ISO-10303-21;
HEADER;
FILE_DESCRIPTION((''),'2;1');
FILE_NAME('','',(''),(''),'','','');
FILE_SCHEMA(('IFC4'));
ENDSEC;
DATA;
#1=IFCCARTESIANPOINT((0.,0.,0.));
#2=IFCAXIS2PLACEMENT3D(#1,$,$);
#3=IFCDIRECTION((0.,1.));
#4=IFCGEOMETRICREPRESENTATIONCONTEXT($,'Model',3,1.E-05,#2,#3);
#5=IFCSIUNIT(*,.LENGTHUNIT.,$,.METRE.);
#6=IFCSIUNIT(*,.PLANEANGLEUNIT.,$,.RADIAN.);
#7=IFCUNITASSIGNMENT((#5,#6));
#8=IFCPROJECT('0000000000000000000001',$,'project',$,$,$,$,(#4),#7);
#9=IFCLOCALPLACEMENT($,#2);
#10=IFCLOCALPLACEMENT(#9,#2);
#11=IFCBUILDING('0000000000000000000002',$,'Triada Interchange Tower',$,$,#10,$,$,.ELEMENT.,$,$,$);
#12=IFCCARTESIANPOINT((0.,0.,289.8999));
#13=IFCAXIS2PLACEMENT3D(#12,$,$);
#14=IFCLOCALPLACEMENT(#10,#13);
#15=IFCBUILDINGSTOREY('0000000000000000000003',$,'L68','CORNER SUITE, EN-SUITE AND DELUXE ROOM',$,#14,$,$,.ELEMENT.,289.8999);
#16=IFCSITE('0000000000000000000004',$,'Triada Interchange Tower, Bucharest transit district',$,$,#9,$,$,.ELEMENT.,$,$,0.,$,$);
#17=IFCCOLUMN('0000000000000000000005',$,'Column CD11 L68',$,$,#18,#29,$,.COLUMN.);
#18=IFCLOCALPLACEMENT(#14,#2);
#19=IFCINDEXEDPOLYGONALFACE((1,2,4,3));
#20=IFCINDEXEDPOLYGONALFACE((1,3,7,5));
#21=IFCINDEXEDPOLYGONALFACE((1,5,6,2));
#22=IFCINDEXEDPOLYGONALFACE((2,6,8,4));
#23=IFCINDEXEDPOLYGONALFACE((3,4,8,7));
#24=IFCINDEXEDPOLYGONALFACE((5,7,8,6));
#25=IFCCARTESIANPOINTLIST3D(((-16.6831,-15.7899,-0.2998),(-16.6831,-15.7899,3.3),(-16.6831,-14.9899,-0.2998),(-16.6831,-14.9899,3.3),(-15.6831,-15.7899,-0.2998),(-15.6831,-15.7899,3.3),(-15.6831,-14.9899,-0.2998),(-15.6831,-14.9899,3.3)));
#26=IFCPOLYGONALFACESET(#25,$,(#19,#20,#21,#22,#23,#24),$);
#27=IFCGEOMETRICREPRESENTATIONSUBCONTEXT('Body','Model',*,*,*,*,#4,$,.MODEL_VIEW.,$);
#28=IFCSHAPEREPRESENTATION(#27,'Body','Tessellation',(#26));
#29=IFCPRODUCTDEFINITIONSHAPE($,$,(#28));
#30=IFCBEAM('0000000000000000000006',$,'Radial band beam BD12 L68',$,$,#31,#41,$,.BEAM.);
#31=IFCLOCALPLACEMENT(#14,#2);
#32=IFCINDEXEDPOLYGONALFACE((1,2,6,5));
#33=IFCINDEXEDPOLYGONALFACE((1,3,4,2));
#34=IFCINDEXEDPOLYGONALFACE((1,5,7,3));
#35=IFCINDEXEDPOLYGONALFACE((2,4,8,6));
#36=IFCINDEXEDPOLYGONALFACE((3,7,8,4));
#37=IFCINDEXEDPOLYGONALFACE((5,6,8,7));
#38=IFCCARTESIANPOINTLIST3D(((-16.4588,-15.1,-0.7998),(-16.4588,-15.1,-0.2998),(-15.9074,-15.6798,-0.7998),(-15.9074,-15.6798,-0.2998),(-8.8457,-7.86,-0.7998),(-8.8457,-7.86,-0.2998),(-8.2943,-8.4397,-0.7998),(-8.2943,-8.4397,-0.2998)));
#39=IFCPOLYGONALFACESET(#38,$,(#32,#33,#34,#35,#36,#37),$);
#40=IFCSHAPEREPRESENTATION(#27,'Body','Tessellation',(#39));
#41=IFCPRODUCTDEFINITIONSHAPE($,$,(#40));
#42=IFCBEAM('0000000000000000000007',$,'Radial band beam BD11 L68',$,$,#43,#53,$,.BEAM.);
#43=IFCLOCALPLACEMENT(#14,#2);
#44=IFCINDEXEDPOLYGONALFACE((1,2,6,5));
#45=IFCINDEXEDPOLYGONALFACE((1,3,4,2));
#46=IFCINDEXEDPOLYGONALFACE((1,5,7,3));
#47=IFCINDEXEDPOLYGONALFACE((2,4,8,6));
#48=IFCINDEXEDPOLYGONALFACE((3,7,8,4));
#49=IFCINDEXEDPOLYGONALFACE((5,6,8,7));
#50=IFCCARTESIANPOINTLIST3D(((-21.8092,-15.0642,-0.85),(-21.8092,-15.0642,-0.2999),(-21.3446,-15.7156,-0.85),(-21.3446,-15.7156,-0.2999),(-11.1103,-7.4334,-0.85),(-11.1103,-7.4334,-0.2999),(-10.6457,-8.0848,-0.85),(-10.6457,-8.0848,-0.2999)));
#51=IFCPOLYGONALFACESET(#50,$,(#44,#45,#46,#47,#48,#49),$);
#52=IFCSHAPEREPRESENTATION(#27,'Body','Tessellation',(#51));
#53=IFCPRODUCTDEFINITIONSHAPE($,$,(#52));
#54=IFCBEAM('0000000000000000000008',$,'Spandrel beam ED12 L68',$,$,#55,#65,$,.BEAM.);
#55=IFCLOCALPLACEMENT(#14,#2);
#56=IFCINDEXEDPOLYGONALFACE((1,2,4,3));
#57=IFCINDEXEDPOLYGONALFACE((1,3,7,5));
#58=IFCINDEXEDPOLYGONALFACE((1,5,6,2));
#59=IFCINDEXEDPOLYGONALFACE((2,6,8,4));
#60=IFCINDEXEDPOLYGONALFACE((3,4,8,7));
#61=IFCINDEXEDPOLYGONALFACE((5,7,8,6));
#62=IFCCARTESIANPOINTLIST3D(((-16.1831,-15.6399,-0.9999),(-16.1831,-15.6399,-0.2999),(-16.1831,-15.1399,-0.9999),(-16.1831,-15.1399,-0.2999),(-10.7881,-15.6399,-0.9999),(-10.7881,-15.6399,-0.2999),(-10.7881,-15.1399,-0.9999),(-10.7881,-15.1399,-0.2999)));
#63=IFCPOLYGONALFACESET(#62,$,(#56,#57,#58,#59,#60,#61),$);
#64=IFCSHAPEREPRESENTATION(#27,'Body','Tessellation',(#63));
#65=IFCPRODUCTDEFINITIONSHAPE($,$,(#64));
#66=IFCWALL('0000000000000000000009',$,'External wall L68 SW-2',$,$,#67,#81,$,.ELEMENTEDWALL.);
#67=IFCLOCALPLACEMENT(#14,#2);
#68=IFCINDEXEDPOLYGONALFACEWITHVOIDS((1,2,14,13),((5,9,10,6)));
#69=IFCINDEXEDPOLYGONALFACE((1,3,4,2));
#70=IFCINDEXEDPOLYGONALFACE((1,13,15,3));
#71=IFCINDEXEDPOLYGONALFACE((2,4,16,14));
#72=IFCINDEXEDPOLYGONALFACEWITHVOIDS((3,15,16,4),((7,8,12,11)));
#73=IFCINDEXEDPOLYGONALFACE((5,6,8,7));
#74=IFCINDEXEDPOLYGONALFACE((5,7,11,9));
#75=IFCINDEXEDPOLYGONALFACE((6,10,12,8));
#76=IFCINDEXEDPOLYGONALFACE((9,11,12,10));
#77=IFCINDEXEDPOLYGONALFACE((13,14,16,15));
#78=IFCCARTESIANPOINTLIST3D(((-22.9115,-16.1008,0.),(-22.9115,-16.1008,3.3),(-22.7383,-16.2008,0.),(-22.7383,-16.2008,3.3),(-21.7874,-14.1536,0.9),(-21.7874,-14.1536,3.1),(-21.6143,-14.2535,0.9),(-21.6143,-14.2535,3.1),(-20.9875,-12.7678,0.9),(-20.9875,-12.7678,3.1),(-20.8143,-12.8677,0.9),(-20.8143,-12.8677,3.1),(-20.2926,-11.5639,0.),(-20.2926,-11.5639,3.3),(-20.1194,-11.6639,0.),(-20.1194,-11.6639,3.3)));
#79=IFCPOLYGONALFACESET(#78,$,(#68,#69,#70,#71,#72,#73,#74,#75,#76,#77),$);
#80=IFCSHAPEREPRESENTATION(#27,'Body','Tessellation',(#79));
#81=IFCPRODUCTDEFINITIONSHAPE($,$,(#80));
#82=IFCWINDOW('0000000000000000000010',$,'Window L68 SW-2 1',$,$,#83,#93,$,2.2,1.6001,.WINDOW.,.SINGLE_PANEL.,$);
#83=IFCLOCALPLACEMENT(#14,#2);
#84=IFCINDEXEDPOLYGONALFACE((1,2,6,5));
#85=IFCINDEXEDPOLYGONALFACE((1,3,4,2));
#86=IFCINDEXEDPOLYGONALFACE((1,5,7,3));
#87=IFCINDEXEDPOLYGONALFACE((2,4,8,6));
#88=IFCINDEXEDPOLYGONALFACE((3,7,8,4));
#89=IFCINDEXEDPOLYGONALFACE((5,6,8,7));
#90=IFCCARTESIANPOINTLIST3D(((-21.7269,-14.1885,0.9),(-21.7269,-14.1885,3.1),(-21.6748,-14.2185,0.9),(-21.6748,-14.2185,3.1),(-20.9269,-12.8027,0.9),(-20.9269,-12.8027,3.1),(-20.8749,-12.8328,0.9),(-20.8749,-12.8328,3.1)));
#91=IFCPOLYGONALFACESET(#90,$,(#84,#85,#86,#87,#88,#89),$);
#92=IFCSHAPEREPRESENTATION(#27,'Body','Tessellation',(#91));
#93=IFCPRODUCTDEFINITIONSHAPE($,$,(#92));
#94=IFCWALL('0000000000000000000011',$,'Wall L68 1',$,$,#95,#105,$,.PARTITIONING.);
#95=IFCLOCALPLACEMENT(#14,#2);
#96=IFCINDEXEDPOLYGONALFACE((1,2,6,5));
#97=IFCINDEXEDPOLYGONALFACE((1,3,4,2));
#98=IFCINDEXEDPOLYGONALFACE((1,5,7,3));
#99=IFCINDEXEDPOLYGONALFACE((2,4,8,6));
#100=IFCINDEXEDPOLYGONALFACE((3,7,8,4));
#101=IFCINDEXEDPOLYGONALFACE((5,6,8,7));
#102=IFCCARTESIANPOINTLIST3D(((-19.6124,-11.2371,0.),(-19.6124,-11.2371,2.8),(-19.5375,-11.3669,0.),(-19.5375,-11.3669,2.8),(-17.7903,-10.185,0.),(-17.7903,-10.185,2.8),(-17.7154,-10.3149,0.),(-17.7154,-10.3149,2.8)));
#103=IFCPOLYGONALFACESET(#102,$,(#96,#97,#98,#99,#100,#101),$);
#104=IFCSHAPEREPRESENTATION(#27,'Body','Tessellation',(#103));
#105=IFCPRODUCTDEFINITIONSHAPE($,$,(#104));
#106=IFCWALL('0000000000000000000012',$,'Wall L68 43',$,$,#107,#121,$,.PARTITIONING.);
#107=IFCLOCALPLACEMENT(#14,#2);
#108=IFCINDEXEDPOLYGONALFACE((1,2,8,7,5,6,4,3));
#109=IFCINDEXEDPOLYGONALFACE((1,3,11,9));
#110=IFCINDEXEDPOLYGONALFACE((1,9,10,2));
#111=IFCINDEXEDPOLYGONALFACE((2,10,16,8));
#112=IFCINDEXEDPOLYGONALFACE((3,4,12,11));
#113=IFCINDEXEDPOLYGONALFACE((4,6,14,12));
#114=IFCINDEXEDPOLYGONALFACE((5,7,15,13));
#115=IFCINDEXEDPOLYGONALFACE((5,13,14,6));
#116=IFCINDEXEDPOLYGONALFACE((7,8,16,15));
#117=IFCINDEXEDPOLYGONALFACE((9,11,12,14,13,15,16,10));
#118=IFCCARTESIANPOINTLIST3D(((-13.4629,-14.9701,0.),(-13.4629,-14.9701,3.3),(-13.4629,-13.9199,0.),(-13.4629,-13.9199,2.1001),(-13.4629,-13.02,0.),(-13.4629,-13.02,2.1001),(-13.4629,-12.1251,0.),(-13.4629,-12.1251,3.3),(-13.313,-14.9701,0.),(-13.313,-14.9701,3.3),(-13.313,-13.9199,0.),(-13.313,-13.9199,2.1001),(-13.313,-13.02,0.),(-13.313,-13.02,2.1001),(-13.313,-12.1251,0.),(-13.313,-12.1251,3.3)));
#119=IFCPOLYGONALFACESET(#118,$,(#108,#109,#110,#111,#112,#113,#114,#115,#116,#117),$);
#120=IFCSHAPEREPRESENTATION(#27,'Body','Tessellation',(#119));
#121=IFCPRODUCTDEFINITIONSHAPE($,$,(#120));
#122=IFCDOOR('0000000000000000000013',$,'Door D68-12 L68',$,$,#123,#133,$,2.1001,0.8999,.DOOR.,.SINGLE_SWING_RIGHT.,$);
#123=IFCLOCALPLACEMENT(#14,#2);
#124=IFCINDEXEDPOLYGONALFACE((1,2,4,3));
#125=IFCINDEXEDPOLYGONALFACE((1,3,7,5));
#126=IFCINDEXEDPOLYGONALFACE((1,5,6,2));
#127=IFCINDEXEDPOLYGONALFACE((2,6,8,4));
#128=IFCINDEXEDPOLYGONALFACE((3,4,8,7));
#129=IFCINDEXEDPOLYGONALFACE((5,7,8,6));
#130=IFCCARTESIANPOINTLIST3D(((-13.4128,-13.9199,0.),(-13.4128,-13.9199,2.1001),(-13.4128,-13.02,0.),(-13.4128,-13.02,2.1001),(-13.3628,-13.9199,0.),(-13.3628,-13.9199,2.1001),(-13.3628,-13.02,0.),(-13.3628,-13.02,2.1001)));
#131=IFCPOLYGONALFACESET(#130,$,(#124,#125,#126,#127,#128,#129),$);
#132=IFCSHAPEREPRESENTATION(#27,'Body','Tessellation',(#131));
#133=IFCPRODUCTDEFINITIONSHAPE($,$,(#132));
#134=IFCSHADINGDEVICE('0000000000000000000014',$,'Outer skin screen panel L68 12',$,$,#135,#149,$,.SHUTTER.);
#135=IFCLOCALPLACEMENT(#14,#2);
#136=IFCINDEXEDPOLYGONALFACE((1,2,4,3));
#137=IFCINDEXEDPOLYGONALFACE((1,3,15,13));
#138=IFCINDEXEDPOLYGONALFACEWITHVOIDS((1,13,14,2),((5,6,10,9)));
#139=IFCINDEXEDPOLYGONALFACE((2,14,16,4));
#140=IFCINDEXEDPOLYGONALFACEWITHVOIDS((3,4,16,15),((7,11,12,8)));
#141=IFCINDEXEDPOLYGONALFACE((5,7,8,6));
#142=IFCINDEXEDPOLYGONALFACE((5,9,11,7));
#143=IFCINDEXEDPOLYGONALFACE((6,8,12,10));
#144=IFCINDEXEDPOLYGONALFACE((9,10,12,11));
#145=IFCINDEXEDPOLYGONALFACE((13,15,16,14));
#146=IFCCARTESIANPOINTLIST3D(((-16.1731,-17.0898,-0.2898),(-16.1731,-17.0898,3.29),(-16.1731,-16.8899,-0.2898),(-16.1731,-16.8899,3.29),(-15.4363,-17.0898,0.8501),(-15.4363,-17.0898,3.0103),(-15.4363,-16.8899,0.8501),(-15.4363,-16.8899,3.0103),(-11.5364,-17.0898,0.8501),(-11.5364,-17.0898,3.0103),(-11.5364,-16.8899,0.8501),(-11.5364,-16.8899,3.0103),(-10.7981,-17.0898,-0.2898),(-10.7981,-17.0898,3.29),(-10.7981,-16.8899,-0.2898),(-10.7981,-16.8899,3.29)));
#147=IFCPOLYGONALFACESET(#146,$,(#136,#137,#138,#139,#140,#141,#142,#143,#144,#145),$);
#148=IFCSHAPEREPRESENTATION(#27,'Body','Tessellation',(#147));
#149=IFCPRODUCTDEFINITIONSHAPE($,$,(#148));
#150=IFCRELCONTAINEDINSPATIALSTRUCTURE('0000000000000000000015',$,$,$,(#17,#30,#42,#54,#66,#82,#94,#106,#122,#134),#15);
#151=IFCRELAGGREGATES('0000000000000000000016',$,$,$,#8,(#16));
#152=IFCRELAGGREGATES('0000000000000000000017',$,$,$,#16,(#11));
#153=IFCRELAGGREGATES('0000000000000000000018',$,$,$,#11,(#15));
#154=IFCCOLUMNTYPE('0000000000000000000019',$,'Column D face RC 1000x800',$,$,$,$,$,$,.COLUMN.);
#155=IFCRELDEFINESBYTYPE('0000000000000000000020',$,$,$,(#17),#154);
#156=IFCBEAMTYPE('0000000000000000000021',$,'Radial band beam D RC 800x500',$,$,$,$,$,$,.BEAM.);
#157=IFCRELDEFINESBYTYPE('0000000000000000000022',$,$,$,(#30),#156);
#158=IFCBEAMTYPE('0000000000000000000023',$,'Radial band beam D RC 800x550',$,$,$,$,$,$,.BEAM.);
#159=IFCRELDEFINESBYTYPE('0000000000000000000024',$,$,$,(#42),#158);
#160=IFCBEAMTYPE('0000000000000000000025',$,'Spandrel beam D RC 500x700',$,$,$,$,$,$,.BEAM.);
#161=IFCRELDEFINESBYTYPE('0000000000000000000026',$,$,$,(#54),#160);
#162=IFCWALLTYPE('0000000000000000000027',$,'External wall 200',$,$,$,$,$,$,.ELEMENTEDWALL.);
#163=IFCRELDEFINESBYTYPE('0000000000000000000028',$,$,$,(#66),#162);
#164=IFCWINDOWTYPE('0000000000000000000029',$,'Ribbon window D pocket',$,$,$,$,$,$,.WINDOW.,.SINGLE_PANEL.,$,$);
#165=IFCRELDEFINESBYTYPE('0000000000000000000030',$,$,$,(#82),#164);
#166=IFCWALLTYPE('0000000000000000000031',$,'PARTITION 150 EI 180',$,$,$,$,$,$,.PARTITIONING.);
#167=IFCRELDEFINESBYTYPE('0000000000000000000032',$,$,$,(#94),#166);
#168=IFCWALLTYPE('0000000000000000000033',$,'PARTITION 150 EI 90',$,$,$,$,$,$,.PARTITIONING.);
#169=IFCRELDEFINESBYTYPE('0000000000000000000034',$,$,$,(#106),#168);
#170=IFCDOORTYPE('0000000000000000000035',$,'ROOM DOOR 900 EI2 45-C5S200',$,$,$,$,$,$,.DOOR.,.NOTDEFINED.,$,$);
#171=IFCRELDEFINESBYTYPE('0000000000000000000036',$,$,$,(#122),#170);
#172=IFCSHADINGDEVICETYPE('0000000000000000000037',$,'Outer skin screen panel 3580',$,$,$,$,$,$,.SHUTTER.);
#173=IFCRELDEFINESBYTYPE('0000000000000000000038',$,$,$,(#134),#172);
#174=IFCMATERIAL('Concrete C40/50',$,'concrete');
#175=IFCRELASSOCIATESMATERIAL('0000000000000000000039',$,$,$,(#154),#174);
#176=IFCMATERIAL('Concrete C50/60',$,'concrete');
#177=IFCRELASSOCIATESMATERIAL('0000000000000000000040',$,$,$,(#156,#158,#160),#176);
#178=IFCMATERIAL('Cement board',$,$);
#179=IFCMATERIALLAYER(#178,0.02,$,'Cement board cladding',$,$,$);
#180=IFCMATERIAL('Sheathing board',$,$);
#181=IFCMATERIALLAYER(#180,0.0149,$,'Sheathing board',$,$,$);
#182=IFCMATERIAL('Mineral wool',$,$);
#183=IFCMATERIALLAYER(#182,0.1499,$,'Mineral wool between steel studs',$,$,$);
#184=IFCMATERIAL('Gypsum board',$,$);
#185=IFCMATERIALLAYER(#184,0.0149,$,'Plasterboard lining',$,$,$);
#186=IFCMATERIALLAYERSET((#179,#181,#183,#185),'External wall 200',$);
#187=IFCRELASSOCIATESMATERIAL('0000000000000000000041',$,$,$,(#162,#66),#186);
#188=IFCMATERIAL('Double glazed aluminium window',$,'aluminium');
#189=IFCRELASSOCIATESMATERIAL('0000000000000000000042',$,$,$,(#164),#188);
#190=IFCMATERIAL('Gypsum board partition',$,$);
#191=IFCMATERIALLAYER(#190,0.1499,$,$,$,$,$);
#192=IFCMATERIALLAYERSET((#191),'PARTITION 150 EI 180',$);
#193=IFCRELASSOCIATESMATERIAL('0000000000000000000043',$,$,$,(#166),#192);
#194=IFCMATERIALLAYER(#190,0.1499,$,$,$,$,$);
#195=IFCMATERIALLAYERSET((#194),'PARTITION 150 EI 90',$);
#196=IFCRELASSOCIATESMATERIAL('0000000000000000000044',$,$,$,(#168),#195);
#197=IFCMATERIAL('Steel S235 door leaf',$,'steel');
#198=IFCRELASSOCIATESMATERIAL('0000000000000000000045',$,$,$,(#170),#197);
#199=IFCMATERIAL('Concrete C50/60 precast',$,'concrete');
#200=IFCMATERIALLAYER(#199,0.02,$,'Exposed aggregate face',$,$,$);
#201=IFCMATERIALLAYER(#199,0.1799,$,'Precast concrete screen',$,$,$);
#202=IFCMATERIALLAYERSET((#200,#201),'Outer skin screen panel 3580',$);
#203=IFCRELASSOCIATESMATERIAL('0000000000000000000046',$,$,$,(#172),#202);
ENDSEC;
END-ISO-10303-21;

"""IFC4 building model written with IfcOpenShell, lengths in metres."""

from ifc_helpers import new_model, si_unit, direction, frame, frame_2d, origin, origin_2d, place, context, subcontext, project, spatial, polyline, rectangle, outline, extrude, material, layer, layer_set, layer_usage, material_profile, profile_set, type_object, element, fill, save


model = new_model("IFC4")

# Units and contexts
model_context = context("Model", 3, precision=1e-05, world=origin(), true_north=direction((0.0, 1.0)))
body_context = subcontext(model_context, "Body", "Model", "MODEL_VIEW")
ifc_project = project(units=[si_unit("LENGTHUNIT", "METRE"), si_unit("PLANEANGLEUNIT", "RADIAN")], contexts=[model_context])

# Site, building, storey
site_placement = place(None, origin())
site = spatial("IfcSite", under=ifc_project, at=site_placement, Name="Triada Interchange Tower, Bucharest transit district", CompositionType="ELEMENT", RefElevation=0.0)
building_placement = place(site_placement, origin())
building = spatial("IfcBuilding", under=site, at=building_placement, Name="Triada Interchange Tower", CompositionType="ELEMENT")
storey_placement = place(building_placement, frame((0.0, 0.0, 289.8999)))
storey = spatial("IfcBuildingStorey", under=building, at=storey_placement, Name="L68", Description="CORNER SUITE, EN-SUITE AND DELUXE ROOM", CompositionType="ELEMENT", Elevation=289.8999)

# Column
ifc_material_1 = material(Name="Concrete C40/50", Category="concrete")
ifc_material_profile_1 = material_profile(ifc_material_1, rectangle(XDim=1.0, YDim=0.8, at=origin_2d()), Name="RC 1000x800")
ifc_profile_set_1 = profile_set([ifc_material_profile_1], Name="Concrete C40/50")
column_type = type_object("IfcColumnType", Name="Column D face RC 1000x800", PredefinedType="COLUMN", material=ifc_profile_set_1)
column_placement = place(storey_placement, frame((-16.1831, -15.3899, -0.2998), z_axis=(0.0, 0.0, 1.0), x_axis=(1.0, 0.0, 0.0)))
element("IfcColumn", 1, at=column_placement, inside=storey, type_object=column_type, Name="Column CD11 L68", PredefinedType="COLUMN", context=body_context, shape_type="SweptSolid", body=[
    extrude(rectangle(XDim=1.0, YDim=0.8, at=origin_2d()), origin(), (0.0, 0.0, 1.0), 3.5999),
])

# Beams
ifc_material_2 = material(Name="Concrete C50/60", Category="concrete")
ifc_material_profile_2 = material_profile(ifc_material_2, rectangle(XDim=0.8, YDim=0.5, at=origin_2d()), Name="RC 800x500")
ifc_profile_set_2 = profile_set([ifc_material_profile_2], Name="Concrete C50/60")
beam_type_1 = type_object("IfcBeamType", Name="Radial band beam D RC 800x500", PredefinedType="BEAM", material=ifc_profile_set_2)
beam_1_placement = place(storey_placement, frame((-16.1831, -15.3899, -0.5498), z_axis=(0.724638, 0.68913, 0.0), x_axis=(-0.68913, 0.724638, 0.0)))
element("IfcBeam", 2, at=beam_1_placement, inside=storey, type_object=beam_type_1, Name="Radial band beam BD12 L68", PredefinedType="BEAM", context=body_context, shape_type="SweptSolid", body=[
    extrude(rectangle(XDim=0.8, YDim=0.5, at=origin_2d()), origin(), (0.0, 0.0, 1.0), 10.5061),
])
ifc_material_profile_3 = material_profile(ifc_material_2, rectangle(XDim=0.8, YDim=0.55, at=origin_2d()), Name="RC 800x550")
ifc_profile_set_3 = profile_set([ifc_material_profile_3], Name="Concrete C50/60")
beam_type_2 = type_object("IfcBeamType", Name="Radial band beam D RC 800x550", PredefinedType="BEAM", material=ifc_profile_set_3)
beam_2_placement = place(storey_placement, frame((-21.5769, -15.3899, -0.575), z_axis=(0.814139, 0.58067, 0.0), x_axis=(-0.58067, 0.814139, 0.0)))
element("IfcBeam", 3, at=beam_2_placement, inside=storey, type_object=beam_type_2, Name="Radial band beam BD11 L68", PredefinedType="BEAM", context=body_context, shape_type="SweptSolid", body=[
    extrude(rectangle(XDim=0.8, YDim=0.55, at=origin_2d()), origin(), (0.0, 0.0, 1.0), 13.1414),
])
ifc_material_profile_4 = material_profile(ifc_material_2, rectangle(XDim=0.5, YDim=0.7, at=origin_2d()), Name="RC 500x700")
ifc_profile_set_4 = profile_set([ifc_material_profile_4], Name="Concrete C50/60")
beam_type_3 = type_object("IfcBeamType", Name="Spandrel beam D RC 500x700", PredefinedType="BEAM", material=ifc_profile_set_4)
beam_3_placement = place(storey_placement, frame((-16.1831, -15.3899, -0.6499), z_axis=(1.0, 0.0, 0.0), x_axis=(0.0, 1.0, 0.0)))
element("IfcBeam", 4, at=beam_3_placement, inside=storey, type_object=beam_type_3, Name="Spandrel beam ED12 L68", PredefinedType="BEAM", context=body_context, shape_type="SweptSolid", body=[
    extrude(rectangle(XDim=0.5, YDim=0.7, at=origin_2d()), origin(), (0.0, 0.0, 1.0), 5.395),
])

# Wall, opening, window
ifc_material_3 = material(Name="Cement board")
ifc_layer_1 = layer(ifc_material_3, 0.02, Name="Cement board cladding")
ifc_material_4 = material(Name="Sheathing board")
ifc_layer_2 = layer(ifc_material_4, 0.0149, Name="Sheathing board")
ifc_material_5 = material(Name="Mineral wool")
ifc_layer_3 = layer(ifc_material_5, 0.1499, Name="Mineral wool between steel studs")
ifc_material_6 = material(Name="Gypsum board")
ifc_layer_4 = layer(ifc_material_6, 0.0149, Name="Plasterboard lining")
ifc_layer_set_1 = layer_set([ifc_layer_1, ifc_layer_2, ifc_layer_3, ifc_layer_4], Name="External wall 200")
ifc_layer_usage = layer_usage(ifc_layer_set_1, "AXIS2", "POSITIVE", -0.1001)
wall_type_1 = type_object("IfcWallType", Name="External wall 200", PredefinedType="ELEMENTEDWALL", material=ifc_layer_set_1)
wall_1_placement = place(storey_placement, frame((-20.2061, -11.614, 0.0), z_axis=(0.0, 0.0, 1.0), x_axis=(-0.499934, -0.866064, 0.0)))
wall_1 = element("IfcWall", 5, at=wall_1_placement, inside=storey, type_object=wall_type_1, material=ifc_layer_usage, Name="External wall L68 SW-2", PredefinedType="ELEMENTEDWALL", context=body_context, shape_type="SweptSolid", body=[
    extrude(rectangle(XDim=5.2385, YDim=0.2, at=frame_2d((2.6191, 0.0))), origin(), (0.0, 0.0, 1.0), 3.3),
])
opening_1_placement = place(wall_1_placement, frame((1.3899, 0.0, 0.8999)))
opening_1 = element("IfcOpeningElement", 6, at=opening_1_placement, cuts=wall_1, PredefinedType="OPENING", context=body_context, shape_type="SweptSolid", body=[
    extrude(rectangle(XDim=1.6001, YDim=2.2, at=frame_2d((0.8, 1.1001))), frame((0.0, 0.1099, 0.0), z_axis=(0.0, -1.0, 0.0), x_axis=(1.0, 0.0, 0.0)), (0.0, 0.0, 1.0), 0.22),
])
ifc_material_7 = material(Name="Double glazed aluminium window", Category="aluminium")
window_type = type_object("IfcWindowType", Name="Ribbon window D pocket", PartitioningType="SINGLE_PANEL", PredefinedType="WINDOW", material=ifc_material_7)
window_placement = place(opening_1_placement, origin())
window = element("IfcWindow", 7, at=window_placement, inside=storey, type_object=window_type, Name="Window L68 SW-2 1", OverallHeight=2.2, OverallWidth=1.6001, PartitioningType="SINGLE_PANEL", PredefinedType="WINDOW", context=body_context, shape_type="SweptSolid", body=[
    extrude(rectangle(XDim=1.6001, YDim=2.2, at=frame_2d((0.8, 1.1001))), frame((0.0, 0.03, 0.0), z_axis=(0.0, -1.0, 0.0), x_axis=(1.0, 0.0, 0.0)), (0.0, 0.0, 1.0), 0.0601),
])
fill(opening_1, window)

# Wall
ifc_material_8 = material(Name="Gypsum board partition")
ifc_layer_5 = layer(ifc_material_8, 0.1499)
ifc_layer_set_2 = layer_set([ifc_layer_5], Name="PARTITION 150 EI 180")
wall_type_2 = type_object("IfcWallType", Name="PARTITION 150 EI 180", PredefinedType="PARTITIONING", material=ifc_layer_set_2)
wall_2_placement = place(storey_placement, frame((-19.575, -11.302, 0.0), z_axis=(0.0, 0.0, 1.0), x_axis=(0.866014, 0.50002, 0.0)))
element("IfcWall", 8, at=wall_2_placement, inside=storey, type_object=wall_type_2, Name="Wall L68 1", PredefinedType="PARTITIONING", context=body_context, shape_type="SweptSolid", body=[
    extrude(rectangle(XDim=2.104, YDim=0.1499, at=frame_2d((1.052, 0.0))), origin(), (0.0, 0.0, 1.0), 2.8),
])

# Wall, opening, door
ifc_layer_6 = layer(ifc_material_8, 0.1499)
ifc_layer_set_3 = layer_set([ifc_layer_6], Name="PARTITION 150 EI 90")
wall_type_3 = type_object("IfcWallType", Name="PARTITION 150 EI 90", PredefinedType="PARTITIONING", material=ifc_layer_set_3)
wall_3_placement = place(storey_placement, frame((-13.3879, -14.97, 0.0), z_axis=(0.0, 0.0, 1.0), x_axis=(0.0, 1.0, 0.0)))
wall_3 = element("IfcWall", 9, at=wall_3_placement, inside=storey, type_object=wall_type_3, Name="Wall L68 43", PredefinedType="PARTITIONING", context=body_context, shape_type="SweptSolid", body=[
    extrude(rectangle(XDim=2.845, YDim=0.1499, at=frame_2d((1.4224, 0.0))), origin(), (0.0, 0.0, 1.0), 3.3),
])
opening_2_placement = place(wall_3_placement, frame((1.05, 0.0, 0.0)))
opening_2 = element("IfcOpeningElement", 10, at=opening_2_placement, cuts=wall_3, PredefinedType="OPENING", context=body_context, shape_type="SweptSolid", body=[
    extrude(rectangle(XDim=0.8999, YDim=2.1001, at=frame_2d((0.45, 1.05))), frame((0.0, 0.085, 0.0), z_axis=(0.0, -1.0, 0.0), x_axis=(1.0, 0.0, 0.0)), (0.0, 0.0, 1.0), 0.1699),
])
ifc_material_9 = material(Name="Steel S235 door leaf", Category="steel")
door_type = type_object("IfcDoorType", Name="ROOM DOOR 900 EI2 45-C5S200", OperationType="NOTDEFINED", PredefinedType="DOOR", material=ifc_material_9)
door_placement = place(opening_2_placement, origin())
door = element("IfcDoor", 11, at=door_placement, inside=storey, type_object=door_type, Name="Door D68-12 L68", OperationType="SINGLE_SWING_RIGHT", OverallHeight=2.1001, OverallWidth=0.8999, PredefinedType="DOOR", context=body_context, shape_type="SweptSolid", body=[
    extrude(rectangle(XDim=0.8999, YDim=2.1001, at=frame_2d((0.45, 1.05))), frame((0.0, 0.0249, 0.0), z_axis=(0.0, -1.0, 0.0), x_axis=(1.0, 0.0, 0.0)), (0.0, 0.0, 1.0), 0.05),
])
fill(opening_2, door)

# Shading device
ifc_material_10 = material(Name="Concrete C50/60 precast", Category="concrete")
ifc_layer_7 = layer(ifc_material_10, 0.02, Name="Exposed aggregate face")
ifc_layer_8 = layer(ifc_material_10, 0.1799, Name="Precast concrete screen")
ifc_layer_set_4 = layer_set([ifc_layer_7, ifc_layer_8], Name="Outer skin screen panel 3580")
shading_device_type = type_object("IfcShadingDeviceType", Name="Outer skin screen panel 3580", PredefinedType="SHUTTER", material=ifc_layer_set_4)
shading_device_placement = place(storey_placement, frame((-16.1731, -16.8899, -0.2898), z_axis=(0.0, 0.0, 1.0), x_axis=(1.0, 0.0, 0.0)))
element("IfcShadingDevice", 12, at=shading_device_placement, inside=storey, type_object=shading_device_type, Name="Outer skin screen panel L68 12", PredefinedType="SHUTTER", context=body_context, shape_type="SweptSolid", body=[
    extrude(outline(polyline([(0.0, 0.0), (5.375, 0.0), (5.375, 3.5798), (0.0, 3.5798), (0.0, 0.0)]), holes=[polyline([(0.7368, 1.1399), (0.7368, 3.3), (4.6367, 3.3), (4.6367, 1.1399), (0.7368, 1.1399)])]), frame((0.0, 0.0, 0.0), z_axis=(0.0, -1.0, 0.0), x_axis=(1.0, 0.0, 0.0)), (0.0, 0.0, 1.0), 0.2),
])

save(model, "model.ifc")
